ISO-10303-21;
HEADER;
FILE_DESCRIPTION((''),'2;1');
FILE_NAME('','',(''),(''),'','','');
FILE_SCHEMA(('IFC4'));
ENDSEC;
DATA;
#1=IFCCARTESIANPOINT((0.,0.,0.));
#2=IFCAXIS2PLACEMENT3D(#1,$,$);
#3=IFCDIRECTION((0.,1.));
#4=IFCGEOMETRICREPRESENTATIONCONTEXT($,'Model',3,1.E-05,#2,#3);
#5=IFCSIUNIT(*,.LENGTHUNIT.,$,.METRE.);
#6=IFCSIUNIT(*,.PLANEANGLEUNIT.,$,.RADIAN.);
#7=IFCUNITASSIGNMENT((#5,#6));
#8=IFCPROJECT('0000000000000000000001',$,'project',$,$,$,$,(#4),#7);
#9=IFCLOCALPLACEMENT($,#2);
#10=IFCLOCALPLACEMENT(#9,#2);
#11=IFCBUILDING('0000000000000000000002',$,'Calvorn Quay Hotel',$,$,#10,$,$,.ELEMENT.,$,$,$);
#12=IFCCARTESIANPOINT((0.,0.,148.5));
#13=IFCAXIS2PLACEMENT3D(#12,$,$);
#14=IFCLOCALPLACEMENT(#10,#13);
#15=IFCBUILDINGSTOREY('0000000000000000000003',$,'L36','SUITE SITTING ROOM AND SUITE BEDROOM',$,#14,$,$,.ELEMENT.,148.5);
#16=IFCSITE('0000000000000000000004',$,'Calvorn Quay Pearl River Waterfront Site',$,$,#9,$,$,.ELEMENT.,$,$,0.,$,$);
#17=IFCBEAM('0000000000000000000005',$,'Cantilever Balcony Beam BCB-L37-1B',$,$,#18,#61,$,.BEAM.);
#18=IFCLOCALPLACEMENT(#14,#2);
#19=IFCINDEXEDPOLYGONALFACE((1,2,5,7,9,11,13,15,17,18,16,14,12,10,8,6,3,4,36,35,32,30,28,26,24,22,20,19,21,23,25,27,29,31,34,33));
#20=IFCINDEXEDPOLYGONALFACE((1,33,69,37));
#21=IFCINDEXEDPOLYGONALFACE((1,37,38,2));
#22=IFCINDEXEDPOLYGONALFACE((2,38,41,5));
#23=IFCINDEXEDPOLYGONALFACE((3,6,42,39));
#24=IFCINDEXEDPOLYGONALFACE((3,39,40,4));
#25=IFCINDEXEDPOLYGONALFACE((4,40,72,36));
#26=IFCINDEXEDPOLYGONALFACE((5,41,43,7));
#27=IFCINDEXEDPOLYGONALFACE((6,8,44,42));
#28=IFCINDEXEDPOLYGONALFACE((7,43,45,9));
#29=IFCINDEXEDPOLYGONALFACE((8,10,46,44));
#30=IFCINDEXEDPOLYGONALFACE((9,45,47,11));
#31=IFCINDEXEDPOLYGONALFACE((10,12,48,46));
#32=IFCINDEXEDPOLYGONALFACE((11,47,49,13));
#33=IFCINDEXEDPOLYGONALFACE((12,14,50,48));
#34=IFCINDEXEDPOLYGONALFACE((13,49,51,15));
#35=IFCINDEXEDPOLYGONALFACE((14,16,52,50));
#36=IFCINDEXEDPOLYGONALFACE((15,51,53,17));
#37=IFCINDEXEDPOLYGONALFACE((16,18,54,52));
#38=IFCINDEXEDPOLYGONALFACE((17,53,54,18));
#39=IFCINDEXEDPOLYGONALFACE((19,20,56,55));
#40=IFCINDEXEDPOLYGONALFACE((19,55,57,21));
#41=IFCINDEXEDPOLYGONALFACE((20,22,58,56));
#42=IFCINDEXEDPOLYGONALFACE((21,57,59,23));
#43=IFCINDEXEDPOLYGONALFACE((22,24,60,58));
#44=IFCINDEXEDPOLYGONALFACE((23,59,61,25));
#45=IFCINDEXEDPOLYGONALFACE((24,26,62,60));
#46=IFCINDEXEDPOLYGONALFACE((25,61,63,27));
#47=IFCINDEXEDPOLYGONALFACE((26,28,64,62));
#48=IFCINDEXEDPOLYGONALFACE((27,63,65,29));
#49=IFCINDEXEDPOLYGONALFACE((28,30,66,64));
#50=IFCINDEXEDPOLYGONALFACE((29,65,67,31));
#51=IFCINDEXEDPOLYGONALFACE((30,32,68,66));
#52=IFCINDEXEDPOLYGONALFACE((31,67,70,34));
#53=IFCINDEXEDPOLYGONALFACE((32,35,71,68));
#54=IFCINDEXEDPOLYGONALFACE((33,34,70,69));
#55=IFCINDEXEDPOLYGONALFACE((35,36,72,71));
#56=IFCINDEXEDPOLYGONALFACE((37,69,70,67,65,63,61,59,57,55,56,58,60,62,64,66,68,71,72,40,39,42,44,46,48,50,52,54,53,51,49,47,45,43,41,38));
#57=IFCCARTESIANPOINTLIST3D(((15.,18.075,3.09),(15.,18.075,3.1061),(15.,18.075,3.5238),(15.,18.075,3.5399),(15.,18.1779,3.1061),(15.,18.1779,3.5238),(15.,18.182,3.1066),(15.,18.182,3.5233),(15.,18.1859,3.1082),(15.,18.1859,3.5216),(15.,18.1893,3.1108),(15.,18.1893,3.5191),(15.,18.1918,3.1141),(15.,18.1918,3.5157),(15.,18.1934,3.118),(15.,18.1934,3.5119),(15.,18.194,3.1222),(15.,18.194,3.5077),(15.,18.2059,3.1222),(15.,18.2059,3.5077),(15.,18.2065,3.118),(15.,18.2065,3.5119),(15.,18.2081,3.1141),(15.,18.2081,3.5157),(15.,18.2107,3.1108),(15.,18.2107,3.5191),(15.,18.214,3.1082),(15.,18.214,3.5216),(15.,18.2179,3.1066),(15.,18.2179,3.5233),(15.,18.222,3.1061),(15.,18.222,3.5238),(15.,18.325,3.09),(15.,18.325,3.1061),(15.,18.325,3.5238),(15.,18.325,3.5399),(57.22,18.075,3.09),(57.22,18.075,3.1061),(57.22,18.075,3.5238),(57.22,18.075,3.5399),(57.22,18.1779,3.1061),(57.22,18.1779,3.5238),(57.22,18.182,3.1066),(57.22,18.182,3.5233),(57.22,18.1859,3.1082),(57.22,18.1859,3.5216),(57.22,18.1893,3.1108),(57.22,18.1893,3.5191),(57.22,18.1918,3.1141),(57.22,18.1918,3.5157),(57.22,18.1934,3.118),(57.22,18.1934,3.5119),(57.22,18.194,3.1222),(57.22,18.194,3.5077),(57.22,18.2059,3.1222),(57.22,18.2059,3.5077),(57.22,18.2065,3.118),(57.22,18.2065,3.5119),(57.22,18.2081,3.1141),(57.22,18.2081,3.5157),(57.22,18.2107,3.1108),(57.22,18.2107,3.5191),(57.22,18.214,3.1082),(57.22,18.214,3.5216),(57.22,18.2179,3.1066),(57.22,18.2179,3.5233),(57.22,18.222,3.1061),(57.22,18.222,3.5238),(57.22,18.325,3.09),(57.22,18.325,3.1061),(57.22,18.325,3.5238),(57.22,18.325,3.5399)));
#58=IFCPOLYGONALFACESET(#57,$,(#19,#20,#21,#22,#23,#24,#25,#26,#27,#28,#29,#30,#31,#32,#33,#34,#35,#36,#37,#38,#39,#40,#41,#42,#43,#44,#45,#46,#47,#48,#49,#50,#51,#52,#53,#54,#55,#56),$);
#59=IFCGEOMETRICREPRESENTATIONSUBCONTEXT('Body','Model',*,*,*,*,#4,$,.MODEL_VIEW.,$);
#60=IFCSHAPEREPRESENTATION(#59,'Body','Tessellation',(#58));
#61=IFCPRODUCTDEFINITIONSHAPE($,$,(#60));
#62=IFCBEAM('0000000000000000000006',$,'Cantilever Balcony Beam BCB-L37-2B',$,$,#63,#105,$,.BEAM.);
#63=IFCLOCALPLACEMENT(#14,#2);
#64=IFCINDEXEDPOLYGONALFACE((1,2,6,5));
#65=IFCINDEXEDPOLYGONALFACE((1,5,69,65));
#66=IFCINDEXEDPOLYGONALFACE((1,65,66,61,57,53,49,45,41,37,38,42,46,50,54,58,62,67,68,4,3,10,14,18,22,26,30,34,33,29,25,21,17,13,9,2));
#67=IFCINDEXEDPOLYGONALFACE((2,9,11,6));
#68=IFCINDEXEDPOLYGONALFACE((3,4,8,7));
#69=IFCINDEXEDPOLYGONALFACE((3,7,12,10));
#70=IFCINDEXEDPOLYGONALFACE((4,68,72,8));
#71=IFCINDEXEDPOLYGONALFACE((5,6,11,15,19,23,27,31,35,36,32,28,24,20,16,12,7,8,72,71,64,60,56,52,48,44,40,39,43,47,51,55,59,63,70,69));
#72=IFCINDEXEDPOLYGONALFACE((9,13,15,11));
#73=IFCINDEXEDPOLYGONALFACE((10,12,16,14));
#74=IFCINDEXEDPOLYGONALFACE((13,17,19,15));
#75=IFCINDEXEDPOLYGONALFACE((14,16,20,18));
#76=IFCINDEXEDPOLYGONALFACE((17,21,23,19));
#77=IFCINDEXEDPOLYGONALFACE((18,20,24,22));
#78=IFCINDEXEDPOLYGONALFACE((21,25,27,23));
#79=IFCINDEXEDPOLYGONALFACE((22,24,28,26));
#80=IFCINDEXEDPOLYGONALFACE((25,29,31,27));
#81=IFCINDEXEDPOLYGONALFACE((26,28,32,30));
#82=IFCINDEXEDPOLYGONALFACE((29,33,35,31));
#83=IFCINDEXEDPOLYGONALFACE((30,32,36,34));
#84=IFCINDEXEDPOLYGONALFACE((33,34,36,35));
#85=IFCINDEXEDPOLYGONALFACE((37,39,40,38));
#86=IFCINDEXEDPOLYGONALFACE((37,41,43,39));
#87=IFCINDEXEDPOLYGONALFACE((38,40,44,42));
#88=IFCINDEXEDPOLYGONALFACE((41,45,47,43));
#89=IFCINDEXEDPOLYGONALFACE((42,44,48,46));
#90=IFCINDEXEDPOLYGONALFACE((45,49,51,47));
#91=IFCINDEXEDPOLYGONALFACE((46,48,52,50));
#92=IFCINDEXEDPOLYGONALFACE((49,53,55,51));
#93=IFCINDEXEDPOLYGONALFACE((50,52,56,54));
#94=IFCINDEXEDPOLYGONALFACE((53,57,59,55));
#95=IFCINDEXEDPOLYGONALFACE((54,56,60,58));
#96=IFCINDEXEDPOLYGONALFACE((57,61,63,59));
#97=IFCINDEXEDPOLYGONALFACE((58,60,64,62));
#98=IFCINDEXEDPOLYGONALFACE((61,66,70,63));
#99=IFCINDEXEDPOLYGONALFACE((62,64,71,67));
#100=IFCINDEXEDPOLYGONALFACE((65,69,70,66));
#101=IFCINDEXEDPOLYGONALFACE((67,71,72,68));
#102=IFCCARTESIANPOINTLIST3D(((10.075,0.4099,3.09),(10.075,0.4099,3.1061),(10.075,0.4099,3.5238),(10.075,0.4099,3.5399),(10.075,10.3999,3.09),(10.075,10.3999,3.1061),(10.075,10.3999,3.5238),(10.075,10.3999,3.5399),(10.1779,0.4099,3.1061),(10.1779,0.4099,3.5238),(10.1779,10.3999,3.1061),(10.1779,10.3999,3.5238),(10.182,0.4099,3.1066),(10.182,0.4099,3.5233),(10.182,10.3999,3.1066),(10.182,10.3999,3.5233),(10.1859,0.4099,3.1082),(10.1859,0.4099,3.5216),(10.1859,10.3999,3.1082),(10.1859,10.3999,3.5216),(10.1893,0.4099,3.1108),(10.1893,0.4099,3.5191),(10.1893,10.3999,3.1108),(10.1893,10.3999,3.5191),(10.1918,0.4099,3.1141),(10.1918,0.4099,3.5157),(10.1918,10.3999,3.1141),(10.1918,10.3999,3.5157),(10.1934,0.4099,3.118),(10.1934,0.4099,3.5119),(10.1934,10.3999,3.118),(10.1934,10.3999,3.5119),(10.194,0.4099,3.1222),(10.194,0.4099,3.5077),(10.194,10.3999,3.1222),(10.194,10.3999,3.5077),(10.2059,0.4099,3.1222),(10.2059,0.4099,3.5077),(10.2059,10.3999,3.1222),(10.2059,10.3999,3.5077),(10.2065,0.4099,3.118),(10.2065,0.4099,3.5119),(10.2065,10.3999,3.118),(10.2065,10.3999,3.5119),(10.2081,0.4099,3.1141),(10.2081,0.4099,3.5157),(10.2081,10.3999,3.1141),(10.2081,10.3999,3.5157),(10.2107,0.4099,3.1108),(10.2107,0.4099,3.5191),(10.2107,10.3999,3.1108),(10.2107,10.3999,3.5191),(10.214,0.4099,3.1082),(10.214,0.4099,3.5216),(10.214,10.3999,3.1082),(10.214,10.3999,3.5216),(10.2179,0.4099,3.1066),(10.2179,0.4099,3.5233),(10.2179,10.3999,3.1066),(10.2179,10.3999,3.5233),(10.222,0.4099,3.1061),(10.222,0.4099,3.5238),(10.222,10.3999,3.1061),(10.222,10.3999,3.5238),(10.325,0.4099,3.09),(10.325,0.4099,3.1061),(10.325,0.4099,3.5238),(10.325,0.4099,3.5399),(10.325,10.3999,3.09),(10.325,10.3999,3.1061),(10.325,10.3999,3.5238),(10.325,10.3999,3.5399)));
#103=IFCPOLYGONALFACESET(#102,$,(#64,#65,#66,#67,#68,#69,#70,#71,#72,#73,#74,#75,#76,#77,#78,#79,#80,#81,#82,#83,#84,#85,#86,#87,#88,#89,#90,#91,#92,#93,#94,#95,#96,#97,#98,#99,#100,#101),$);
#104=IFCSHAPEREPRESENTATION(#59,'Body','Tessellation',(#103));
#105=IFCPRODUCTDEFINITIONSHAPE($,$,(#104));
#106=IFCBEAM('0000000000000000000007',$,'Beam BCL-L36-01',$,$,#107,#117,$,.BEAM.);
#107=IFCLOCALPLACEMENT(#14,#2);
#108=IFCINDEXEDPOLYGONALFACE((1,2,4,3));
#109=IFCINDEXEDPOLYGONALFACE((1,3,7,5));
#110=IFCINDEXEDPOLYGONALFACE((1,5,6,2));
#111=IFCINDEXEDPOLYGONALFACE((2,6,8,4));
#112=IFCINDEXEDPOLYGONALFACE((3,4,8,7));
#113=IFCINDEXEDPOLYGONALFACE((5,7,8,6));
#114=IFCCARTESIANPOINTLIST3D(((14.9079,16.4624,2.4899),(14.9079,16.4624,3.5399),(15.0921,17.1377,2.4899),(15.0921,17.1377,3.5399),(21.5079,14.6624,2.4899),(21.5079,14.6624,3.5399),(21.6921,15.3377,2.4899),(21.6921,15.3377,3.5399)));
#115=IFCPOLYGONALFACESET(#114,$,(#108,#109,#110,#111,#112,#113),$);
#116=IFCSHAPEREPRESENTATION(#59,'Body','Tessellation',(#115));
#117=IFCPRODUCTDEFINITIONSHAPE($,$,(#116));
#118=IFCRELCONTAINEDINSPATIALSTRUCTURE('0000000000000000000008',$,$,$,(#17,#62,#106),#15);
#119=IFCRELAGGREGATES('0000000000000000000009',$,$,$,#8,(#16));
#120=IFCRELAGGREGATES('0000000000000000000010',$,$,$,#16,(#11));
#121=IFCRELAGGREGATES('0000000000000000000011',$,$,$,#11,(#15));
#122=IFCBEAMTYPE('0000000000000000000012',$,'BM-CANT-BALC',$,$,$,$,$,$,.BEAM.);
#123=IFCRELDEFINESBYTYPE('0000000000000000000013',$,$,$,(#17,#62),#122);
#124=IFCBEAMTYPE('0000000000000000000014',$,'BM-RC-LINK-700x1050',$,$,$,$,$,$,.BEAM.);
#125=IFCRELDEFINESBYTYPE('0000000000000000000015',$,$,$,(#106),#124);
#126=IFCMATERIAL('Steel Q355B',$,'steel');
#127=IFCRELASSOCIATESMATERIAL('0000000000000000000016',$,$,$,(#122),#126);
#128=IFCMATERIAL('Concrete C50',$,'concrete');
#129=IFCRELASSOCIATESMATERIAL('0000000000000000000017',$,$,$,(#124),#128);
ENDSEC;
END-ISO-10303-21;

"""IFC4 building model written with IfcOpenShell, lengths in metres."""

from ifc_helpers import new_model, si_unit, direction, frame, origin, origin_2d, place, context, subcontext, project, spatial, rectangle, i_section, extrude, material, material_profile, profile_set, type_object, element, save


model = new_model("IFC4")

# Units and contexts
model_context = context("Model", 3, precision=1e-05, world=origin(), true_north=direction((0.0, 1.0)))
body_context = subcontext(model_context, "Body", "Model", "MODEL_VIEW")
ifc_project = project(units=[si_unit("LENGTHUNIT", "METRE"), si_unit("PLANEANGLEUNIT", "RADIAN")], contexts=[model_context])

# Site, building, storey
site_placement = place(None, origin())
site = spatial("IfcSite", under=ifc_project, at=site_placement, Name="Calvorn Quay Pearl River Waterfront Site", CompositionType="ELEMENT", RefElevation=0.0)
building_placement = place(site_placement, origin())
building = spatial("IfcBuilding", under=site, at=building_placement, Name="Calvorn Quay Hotel", CompositionType="ELEMENT")
storey_placement = place(building_placement, frame((0.0, 0.0, 148.5)))
storey = spatial("IfcBuildingStorey", under=building, at=storey_placement, Name="L36", Description="SUITE SITTING ROOM AND SUITE BEDROOM", CompositionType="ELEMENT", Elevation=148.5)

# Beams
ifc_material_1 = material(Name="Steel Q355B", Category="steel")
ifc_material_profile_1 = material_profile(ifc_material_1, i_section(OverallWidth=0.25, OverallDepth=0.45, WebThickness=0.012, FlangeThickness=0.0161, FilletRadius=0.0161, at=origin_2d()), Name="HN450x250x12x16")
ifc_profile_set_1 = profile_set([ifc_material_profile_1], Name="Steel Q355B")
beam_type_1 = type_object("IfcBeamType", Name="BM-CANT-BALC", PredefinedType="BEAM", material=ifc_profile_set_1)
beam_1_placement = place(storey_placement, frame((15.0, 18.2, 3.3149), z_axis=(1.0, 0.0, 0.0), x_axis=(0.0, 1.0, 0.0)))
element("IfcBeam", 1, at=beam_1_placement, inside=storey, type_object=beam_type_1, Name="Cantilever Balcony Beam BCB-L37-1B", PredefinedType="BEAM", context=body_context, shape_type="SweptSolid", body=[
    extrude(i_section(OverallWidth=0.25, OverallDepth=0.45, WebThickness=0.012, FlangeThickness=0.0161, FilletRadius=0.0161, at=origin_2d()), origin(), (0.0, 0.0, 1.0), 42.22),
])
beam_2_placement = place(storey_placement, frame((10.2, 10.3999, 3.3149), z_axis=(0.0, -1.0, 0.0), x_axis=(1.0, 0.0, 0.0)))
element("IfcBeam", 2, at=beam_2_placement, inside=storey, type_object=beam_type_1, Name="Cantilever Balcony Beam BCB-L37-2B", PredefinedType="BEAM", context=body_context, shape_type="SweptSolid", body=[
    extrude(i_section(OverallWidth=0.25, OverallDepth=0.45, WebThickness=0.012, FlangeThickness=0.0161, FilletRadius=0.0161, at=origin_2d()), origin(), (0.0, 0.0, 1.0), 9.99),
])
ifc_material_2 = material(Name="Concrete C50", Category="concrete")
ifc_material_profile_2 = material_profile(ifc_material_2, rectangle(XDim=0.7, YDim=1.05, at=origin_2d()), Name="RCB700x1050")
ifc_profile_set_2 = profile_set([ifc_material_profile_2], Name="Concrete C50")
beam_type_2 = type_object("IfcBeamType", Name="BM-RC-LINK-700x1050", PredefinedType="BEAM", material=ifc_profile_set_2)
beam_3_placement = place(storey_placement, frame((15.0, 16.8, 3.0149), z_axis=(0.964763, -0.26312, 0.0), x_axis=(0.26312, 0.964763, 0.0)))
element("IfcBeam", 3, at=beam_3_placement, inside=storey, type_object=beam_type_2, Name="Beam BCL-L36-01", PredefinedType="BEAM", context=body_context, shape_type="SweptSolid", body=[
    extrude(rectangle(XDim=0.7, YDim=1.05, at=origin_2d()), origin(), (0.0, 0.0, 1.0), 6.8411),
])

save(model, "model.ifc")
